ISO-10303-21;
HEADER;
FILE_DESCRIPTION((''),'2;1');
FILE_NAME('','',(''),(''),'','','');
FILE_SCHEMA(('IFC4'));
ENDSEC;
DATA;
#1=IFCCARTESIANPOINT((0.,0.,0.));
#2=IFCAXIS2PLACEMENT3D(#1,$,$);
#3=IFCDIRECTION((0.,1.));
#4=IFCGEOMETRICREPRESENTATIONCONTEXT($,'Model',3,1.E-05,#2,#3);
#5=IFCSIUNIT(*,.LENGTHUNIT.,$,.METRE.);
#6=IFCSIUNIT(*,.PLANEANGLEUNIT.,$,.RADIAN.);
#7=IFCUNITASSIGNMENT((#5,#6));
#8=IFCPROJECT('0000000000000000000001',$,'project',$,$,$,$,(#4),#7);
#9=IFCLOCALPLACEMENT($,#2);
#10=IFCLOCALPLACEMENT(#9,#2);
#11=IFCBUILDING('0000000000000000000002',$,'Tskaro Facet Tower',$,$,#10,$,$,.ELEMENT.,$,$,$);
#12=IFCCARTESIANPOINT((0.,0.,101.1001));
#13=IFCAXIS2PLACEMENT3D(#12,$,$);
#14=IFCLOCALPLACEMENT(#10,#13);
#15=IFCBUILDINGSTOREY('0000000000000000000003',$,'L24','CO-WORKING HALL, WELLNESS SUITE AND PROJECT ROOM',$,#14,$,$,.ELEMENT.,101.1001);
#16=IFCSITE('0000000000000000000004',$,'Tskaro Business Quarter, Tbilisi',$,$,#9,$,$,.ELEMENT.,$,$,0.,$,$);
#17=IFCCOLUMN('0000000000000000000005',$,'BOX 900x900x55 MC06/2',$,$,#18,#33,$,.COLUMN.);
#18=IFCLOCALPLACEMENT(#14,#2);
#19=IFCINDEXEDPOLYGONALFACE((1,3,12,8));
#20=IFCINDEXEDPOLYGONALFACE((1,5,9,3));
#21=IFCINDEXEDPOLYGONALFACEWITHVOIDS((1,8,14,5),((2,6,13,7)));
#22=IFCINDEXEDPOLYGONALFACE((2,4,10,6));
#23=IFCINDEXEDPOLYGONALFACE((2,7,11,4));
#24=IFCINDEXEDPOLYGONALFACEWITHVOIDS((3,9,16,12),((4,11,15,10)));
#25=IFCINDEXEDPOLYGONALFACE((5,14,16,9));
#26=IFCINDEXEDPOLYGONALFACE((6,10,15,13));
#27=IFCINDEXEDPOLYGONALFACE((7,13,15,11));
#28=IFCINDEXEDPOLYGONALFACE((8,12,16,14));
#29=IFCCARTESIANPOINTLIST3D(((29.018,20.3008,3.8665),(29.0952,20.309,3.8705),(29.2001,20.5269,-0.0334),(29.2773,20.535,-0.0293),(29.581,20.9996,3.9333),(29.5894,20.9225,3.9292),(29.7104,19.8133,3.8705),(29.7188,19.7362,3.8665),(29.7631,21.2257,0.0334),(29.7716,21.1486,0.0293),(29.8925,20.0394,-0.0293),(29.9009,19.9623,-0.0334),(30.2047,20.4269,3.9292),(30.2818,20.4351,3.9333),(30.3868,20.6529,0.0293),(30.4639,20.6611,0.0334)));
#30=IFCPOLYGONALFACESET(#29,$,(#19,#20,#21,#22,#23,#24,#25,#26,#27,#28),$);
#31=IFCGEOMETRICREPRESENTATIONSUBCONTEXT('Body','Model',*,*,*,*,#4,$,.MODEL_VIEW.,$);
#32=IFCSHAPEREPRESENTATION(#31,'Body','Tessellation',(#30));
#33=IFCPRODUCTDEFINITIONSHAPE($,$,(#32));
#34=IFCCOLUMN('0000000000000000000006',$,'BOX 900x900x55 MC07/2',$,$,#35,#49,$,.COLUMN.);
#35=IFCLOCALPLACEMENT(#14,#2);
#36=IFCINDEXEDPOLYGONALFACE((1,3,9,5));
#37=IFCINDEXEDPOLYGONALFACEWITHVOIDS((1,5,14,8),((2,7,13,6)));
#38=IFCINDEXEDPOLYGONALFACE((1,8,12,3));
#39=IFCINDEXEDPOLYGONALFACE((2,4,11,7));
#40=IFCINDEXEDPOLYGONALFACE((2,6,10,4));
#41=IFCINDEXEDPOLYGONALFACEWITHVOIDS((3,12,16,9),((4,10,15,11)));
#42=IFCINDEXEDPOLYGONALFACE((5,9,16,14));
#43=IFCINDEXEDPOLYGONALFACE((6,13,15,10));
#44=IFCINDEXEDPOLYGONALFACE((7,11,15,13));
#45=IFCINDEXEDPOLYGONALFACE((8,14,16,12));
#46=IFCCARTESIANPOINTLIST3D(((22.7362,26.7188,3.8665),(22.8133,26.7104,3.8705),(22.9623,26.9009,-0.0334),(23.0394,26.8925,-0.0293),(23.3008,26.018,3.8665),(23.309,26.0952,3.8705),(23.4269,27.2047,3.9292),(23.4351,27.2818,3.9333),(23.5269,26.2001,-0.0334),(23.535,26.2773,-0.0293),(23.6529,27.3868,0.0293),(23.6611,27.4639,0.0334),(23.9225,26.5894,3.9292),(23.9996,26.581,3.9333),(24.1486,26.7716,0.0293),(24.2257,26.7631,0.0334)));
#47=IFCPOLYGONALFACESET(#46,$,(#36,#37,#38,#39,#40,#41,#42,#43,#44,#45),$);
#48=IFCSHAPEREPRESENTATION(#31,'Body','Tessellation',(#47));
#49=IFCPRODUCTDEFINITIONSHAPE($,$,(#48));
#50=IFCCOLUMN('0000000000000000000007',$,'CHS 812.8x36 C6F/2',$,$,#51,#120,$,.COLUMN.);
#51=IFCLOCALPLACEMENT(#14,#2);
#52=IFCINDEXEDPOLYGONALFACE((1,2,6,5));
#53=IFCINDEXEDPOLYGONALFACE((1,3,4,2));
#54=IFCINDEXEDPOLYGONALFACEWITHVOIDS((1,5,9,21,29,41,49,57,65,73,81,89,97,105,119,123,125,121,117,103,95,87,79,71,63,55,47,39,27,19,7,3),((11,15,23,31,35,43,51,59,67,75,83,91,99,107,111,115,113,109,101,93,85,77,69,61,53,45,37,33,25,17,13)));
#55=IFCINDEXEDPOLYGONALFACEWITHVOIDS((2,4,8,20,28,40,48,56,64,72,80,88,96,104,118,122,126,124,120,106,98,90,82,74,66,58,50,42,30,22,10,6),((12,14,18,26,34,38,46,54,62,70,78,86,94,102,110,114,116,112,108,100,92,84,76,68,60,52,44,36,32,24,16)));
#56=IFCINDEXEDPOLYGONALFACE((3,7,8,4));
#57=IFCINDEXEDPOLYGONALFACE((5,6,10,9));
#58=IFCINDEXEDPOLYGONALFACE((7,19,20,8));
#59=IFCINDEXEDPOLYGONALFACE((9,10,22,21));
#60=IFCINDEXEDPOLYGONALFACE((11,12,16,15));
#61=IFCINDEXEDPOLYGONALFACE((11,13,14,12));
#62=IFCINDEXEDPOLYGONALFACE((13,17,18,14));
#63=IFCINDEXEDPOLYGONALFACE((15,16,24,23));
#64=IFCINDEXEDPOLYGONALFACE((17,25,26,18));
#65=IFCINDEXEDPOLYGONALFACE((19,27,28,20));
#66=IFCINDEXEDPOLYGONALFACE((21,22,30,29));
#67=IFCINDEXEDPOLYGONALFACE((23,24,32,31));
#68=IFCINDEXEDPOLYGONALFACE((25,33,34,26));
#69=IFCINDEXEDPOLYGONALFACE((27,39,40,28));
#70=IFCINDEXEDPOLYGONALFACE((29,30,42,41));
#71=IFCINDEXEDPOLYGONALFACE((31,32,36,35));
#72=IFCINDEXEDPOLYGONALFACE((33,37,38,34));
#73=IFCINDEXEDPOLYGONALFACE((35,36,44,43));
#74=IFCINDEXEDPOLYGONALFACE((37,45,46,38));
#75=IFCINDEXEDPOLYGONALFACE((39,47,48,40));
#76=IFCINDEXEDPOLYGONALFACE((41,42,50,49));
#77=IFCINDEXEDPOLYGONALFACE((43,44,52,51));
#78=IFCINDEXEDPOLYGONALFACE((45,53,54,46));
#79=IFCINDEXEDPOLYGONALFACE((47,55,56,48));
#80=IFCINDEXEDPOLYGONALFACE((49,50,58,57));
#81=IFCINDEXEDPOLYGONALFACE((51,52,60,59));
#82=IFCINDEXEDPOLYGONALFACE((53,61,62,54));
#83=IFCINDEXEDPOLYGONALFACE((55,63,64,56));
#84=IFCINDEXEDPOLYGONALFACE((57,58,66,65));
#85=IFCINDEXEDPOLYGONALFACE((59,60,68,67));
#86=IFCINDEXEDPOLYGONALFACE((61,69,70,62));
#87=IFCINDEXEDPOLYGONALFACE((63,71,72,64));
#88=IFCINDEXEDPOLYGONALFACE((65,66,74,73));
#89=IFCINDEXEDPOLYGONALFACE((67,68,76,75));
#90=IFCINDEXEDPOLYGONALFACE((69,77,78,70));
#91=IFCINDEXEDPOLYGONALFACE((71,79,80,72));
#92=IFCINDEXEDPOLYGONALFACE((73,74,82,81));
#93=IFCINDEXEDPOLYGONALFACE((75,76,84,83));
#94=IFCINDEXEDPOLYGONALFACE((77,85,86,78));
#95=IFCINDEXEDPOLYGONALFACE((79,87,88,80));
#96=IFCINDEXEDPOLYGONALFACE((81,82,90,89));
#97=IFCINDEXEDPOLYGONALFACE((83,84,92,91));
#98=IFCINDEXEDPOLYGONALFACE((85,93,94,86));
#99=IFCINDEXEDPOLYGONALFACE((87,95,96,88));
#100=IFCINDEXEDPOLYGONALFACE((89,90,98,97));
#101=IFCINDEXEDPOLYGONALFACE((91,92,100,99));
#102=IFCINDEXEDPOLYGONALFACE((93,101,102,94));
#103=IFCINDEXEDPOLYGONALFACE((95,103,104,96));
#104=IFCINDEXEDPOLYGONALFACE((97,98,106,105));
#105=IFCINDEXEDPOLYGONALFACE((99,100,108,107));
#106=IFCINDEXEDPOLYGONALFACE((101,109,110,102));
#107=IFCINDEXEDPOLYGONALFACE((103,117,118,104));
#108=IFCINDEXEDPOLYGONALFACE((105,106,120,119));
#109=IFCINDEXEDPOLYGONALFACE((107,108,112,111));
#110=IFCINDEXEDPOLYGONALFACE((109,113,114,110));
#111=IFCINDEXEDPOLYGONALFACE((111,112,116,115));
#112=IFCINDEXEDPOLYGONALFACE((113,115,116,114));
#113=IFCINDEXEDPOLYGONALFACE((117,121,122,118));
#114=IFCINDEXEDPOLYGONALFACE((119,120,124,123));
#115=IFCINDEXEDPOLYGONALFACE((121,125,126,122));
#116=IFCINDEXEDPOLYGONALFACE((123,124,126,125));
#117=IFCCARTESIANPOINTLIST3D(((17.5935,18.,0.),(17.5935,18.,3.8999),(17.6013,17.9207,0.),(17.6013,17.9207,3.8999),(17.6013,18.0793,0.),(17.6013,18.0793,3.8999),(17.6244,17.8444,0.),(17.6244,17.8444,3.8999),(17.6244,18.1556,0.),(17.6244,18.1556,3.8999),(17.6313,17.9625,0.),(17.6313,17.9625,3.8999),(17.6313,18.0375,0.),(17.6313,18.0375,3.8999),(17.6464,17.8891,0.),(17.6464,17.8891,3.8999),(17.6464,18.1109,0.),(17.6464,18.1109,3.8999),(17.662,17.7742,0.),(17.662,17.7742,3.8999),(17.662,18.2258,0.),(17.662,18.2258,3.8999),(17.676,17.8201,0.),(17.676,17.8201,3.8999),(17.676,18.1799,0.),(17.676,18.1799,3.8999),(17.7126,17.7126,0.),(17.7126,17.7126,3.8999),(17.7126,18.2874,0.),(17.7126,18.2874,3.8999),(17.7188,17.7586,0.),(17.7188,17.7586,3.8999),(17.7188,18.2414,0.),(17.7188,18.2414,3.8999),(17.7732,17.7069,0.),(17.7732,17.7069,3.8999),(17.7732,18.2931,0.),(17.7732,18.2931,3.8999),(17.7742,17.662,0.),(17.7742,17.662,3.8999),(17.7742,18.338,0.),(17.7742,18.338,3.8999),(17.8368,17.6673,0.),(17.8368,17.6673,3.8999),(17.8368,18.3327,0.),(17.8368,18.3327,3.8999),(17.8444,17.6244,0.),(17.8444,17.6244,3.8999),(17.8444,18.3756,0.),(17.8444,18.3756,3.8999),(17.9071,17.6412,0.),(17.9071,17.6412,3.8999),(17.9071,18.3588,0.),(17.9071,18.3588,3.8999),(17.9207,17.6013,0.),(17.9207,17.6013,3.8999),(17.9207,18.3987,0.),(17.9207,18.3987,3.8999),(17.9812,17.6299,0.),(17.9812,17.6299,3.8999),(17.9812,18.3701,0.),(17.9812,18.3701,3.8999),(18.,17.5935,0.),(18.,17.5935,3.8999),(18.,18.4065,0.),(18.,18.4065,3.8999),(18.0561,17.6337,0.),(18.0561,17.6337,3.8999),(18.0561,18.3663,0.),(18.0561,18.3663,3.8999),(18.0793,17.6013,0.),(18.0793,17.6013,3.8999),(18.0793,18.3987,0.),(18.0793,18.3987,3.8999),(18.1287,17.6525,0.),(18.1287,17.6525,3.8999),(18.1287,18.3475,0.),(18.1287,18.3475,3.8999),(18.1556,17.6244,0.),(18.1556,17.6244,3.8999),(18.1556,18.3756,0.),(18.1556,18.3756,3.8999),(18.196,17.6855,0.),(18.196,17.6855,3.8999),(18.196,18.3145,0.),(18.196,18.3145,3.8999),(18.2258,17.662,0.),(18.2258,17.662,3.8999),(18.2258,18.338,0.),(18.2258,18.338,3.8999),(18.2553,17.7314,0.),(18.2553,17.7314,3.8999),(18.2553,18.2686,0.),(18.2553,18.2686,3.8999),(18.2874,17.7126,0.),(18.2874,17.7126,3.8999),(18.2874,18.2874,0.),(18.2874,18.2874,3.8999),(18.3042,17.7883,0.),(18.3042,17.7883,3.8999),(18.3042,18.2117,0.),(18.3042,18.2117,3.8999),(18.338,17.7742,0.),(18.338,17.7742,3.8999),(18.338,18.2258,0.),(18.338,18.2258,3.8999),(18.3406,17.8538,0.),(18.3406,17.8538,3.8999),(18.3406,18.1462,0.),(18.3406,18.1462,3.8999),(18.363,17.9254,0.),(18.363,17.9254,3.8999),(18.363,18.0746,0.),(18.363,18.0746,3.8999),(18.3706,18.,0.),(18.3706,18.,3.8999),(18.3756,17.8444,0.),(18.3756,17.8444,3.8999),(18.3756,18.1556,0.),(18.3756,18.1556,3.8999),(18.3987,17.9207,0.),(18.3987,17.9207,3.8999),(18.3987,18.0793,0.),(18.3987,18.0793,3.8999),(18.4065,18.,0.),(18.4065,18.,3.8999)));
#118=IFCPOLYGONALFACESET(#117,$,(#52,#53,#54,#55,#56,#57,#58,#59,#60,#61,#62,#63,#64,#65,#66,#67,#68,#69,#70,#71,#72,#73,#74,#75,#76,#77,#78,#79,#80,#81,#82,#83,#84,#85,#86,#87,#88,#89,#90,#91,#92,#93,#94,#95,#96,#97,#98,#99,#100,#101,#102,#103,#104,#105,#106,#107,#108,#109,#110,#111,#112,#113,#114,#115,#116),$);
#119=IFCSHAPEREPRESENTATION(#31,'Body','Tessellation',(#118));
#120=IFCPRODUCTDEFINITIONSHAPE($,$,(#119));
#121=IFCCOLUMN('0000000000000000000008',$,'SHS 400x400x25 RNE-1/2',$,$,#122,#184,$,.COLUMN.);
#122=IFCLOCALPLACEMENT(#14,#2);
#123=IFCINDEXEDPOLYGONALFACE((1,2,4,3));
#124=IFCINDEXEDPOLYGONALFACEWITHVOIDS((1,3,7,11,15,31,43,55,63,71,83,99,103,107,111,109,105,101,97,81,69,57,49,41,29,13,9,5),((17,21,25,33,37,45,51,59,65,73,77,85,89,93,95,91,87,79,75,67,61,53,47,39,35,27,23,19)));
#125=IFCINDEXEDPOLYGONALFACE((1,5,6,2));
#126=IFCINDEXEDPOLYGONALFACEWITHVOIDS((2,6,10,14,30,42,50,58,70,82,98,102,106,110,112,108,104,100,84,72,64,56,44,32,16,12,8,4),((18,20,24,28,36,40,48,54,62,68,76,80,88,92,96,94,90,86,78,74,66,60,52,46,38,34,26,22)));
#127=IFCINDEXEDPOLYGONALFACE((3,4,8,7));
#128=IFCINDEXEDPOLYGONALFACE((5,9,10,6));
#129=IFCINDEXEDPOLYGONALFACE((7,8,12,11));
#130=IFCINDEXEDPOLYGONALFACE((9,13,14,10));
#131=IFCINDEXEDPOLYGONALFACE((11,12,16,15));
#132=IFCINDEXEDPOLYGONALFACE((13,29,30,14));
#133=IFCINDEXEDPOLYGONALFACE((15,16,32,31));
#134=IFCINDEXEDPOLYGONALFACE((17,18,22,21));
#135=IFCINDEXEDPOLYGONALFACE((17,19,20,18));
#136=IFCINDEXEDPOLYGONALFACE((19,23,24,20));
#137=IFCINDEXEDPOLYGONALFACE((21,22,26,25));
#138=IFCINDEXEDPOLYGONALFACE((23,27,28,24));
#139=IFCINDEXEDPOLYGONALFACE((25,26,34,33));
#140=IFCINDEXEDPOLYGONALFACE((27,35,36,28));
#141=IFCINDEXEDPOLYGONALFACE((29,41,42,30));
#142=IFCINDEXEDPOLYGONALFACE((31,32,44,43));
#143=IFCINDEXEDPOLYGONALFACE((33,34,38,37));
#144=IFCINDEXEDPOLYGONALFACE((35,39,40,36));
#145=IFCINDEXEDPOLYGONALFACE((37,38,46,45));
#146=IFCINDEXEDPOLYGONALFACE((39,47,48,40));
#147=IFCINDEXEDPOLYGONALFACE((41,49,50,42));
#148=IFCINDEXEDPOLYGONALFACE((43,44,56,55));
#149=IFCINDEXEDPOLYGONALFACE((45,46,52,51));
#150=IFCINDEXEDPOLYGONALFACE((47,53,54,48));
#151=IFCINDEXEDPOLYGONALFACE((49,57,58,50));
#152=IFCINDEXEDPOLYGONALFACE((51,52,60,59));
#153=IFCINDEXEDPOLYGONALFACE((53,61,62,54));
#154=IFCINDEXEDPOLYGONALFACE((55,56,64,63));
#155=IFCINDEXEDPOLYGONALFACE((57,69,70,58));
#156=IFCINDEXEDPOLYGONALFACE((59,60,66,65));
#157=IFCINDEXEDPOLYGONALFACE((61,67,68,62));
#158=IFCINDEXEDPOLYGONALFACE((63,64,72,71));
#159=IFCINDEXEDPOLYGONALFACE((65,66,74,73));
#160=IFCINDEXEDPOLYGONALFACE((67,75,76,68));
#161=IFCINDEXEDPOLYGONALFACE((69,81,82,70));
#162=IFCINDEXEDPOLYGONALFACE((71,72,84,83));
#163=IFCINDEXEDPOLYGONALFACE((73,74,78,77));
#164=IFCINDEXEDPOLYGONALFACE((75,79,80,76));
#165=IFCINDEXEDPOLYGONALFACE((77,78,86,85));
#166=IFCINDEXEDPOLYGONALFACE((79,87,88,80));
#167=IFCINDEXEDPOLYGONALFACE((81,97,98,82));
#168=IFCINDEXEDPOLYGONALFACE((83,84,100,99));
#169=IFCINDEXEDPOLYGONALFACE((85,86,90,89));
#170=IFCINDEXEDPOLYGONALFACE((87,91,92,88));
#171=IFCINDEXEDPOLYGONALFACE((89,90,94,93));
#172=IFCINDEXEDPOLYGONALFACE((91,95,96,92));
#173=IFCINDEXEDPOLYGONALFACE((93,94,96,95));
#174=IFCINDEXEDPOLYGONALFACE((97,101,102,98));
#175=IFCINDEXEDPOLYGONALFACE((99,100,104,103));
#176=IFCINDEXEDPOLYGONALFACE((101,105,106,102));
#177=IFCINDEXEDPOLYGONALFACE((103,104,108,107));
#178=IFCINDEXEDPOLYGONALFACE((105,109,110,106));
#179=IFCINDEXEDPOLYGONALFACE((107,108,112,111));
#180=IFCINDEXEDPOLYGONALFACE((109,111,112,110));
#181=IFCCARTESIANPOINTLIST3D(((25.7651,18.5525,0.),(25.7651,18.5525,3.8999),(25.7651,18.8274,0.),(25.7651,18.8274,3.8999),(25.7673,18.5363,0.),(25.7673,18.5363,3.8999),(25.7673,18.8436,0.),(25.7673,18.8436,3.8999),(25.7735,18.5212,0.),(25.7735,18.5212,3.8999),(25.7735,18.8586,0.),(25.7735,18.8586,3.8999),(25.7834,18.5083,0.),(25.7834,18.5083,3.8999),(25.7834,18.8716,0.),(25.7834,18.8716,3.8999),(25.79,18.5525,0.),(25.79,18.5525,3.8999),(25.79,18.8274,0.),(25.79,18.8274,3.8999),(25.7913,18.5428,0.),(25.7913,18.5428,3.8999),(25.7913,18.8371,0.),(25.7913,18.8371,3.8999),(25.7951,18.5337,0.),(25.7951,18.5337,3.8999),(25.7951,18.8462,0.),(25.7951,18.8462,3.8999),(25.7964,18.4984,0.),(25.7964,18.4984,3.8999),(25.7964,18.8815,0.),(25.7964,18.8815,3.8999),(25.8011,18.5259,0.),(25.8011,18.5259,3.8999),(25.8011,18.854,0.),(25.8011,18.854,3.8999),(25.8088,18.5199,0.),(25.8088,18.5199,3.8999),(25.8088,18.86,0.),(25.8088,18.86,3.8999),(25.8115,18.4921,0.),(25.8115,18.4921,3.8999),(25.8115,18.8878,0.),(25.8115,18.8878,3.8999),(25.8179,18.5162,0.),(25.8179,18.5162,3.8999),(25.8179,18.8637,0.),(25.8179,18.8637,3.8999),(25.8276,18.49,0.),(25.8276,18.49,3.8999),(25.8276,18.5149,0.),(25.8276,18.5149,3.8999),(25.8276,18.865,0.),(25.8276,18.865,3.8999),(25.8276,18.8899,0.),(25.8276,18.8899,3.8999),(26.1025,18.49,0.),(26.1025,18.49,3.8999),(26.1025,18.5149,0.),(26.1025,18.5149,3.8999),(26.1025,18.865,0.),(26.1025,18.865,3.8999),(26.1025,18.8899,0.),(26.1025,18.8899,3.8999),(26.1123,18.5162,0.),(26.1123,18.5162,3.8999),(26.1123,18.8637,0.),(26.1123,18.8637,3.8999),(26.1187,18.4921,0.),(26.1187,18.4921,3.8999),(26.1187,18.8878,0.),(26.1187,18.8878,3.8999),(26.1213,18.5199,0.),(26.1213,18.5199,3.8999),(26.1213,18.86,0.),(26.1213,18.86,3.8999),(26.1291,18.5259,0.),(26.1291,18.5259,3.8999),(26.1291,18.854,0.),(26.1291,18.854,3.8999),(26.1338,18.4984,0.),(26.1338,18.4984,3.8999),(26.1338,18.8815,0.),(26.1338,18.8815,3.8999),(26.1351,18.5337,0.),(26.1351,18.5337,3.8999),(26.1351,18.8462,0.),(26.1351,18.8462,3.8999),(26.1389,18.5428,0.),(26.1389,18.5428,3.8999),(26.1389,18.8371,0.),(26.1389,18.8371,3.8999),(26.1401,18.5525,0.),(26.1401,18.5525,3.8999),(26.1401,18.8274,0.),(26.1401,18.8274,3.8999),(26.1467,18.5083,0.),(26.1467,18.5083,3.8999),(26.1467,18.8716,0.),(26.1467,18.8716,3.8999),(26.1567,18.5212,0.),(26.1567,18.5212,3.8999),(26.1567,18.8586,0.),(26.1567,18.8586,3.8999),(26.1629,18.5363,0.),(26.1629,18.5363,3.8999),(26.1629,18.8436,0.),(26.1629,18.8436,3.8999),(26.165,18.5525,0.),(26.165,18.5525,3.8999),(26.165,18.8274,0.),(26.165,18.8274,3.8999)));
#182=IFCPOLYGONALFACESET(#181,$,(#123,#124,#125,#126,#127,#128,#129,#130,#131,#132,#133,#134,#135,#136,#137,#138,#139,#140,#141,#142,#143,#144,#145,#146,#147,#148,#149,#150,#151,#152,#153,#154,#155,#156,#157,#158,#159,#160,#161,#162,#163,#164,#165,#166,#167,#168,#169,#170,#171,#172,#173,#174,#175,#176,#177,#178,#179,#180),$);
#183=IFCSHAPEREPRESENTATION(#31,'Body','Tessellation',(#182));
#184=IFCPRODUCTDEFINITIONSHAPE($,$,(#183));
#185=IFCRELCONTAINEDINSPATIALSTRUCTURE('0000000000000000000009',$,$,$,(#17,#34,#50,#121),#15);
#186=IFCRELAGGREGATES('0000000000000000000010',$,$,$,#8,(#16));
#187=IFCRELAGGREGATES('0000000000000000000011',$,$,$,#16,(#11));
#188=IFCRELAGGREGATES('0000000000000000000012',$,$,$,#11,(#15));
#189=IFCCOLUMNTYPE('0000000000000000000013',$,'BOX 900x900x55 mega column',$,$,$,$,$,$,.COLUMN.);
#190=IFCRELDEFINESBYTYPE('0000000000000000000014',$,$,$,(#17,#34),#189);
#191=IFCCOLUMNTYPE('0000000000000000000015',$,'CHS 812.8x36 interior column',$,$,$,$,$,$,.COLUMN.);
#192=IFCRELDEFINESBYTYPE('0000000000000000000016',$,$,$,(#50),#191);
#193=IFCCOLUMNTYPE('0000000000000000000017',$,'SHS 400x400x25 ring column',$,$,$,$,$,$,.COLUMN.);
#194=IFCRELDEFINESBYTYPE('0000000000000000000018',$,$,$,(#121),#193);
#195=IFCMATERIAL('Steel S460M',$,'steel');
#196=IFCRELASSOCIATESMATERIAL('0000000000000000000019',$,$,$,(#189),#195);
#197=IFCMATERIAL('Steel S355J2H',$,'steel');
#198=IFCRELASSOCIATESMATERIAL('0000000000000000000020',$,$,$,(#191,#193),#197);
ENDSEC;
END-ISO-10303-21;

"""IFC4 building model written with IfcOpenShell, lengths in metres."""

from ifc_helpers import new_model, si_unit, direction, frame, origin, origin_2d, place, context, subcontext, project, spatial, hollow_rectangle, hollow_circle, extrude, material, material_profile, profile_set, type_object, element, save


model = new_model("IFC4")

# Units and contexts
model_context = context("Model", 3, precision=1e-05, world=origin(), true_north=direction((0.0, 1.0)))
body_context = subcontext(model_context, "Body", "Model", "MODEL_VIEW")
ifc_project = project(units=[si_unit("LENGTHUNIT", "METRE"), si_unit("PLANEANGLEUNIT", "RADIAN")], contexts=[model_context])

# Site, building, storey
site_placement = place(None, origin())
site = spatial("IfcSite", under=ifc_project, at=site_placement, Name="Tskaro Business Quarter, Tbilisi", CompositionType="ELEMENT", RefElevation=0.0)
building_placement = place(site_placement, origin())
building = spatial("IfcBuilding", under=site, at=building_placement, Name="Tskaro Facet Tower", CompositionType="ELEMENT")
storey_placement = place(building_placement, frame((0.0, 0.0, 101.1001)))
storey = spatial("IfcBuildingStorey", under=building, at=storey_placement, Name="L24", Description="CO-WORKING HALL, WELLNESS SUITE AND PROJECT ROOM", CompositionType="ELEMENT", Elevation=101.1001)

# Columns
ifc_material_1 = material(Name="Steel S460M", Category="steel")
ifc_material_profile_1 = material_profile(ifc_material_1, hollow_rectangle(XDim=0.8999, YDim=0.8999, WallThickness=0.0549, at=origin_2d()), Name="BOX 900x900x55")
ifc_profile_set_1 = profile_set([ifc_material_profile_1], Name="Steel S460M")
column_type_1 = type_object("IfcColumnType", Name="BOX 900x900x55 mega column", PredefinedType="COLUMN", material=ifc_profile_set_1)
for number, where, z_axis, x_axis, name in (
    (1, (29.832, 20.594, 0.0), (-0.046572, -0.057809, 0.997241), (0.778731, -0.627358, 0.0), "BOX 900x900x55 MC06/2"),
    (2, (23.594, 26.832, 0.0), (-0.057809, -0.046572, 0.997241), (0.627358, -0.778731, 0.0), "BOX 900x900x55 MC07/2"),
):
    element("IfcColumn", number, at=place(storey_placement, frame(where, z_axis=z_axis, x_axis=x_axis)), inside=storey, type_object=column_type_1, Name=name, PredefinedType="COLUMN", context=body_context, shape_type="SweptSolid", body=[
        extrude(hollow_rectangle(XDim=0.8999, YDim=0.8999, WallThickness=0.0549, at=origin_2d()), origin(), (0.0, 0.0, 1.0), 3.9106),
    ])
ifc_material_2 = material(Name="Steel S355J2H", Category="steel")
ifc_material_profile_2 = material_profile(ifc_material_2, hollow_circle(Radius=0.4065, WallThickness=0.0359, at=origin_2d()), Name="CHS 812.8x36")
ifc_profile_set_2 = profile_set([ifc_material_profile_2], Name="Steel S355J2H")
column_type_2 = type_object("IfcColumnType", Name="CHS 812.8x36 interior column", PredefinedType="COLUMN", material=ifc_profile_set_2)
column_placement = place(storey_placement, frame((18.0, 18.0, 0.0), z_axis=(0.0, 0.0, 1.0), x_axis=(1.0, 0.0, 0.0)))
element("IfcColumn", 3, at=column_placement, inside=storey, type_object=column_type_2, Name="CHS 812.8x36 C6F/2", PredefinedType="COLUMN", context=body_context, shape_type="SweptSolid", body=[
    extrude(hollow_circle(Radius=0.4065, WallThickness=0.0359, at=origin_2d()), origin(), (0.0, 0.0, 1.0), 3.8999),
])
ifc_material_profile_3 = material_profile(ifc_material_2, hollow_rectangle(XDim=0.3999, YDim=0.3999, WallThickness=0.0249, InnerFilletRadius=0.0376, OuterFilletRadius=0.0625, at=origin_2d()), Name="SHS 400x400x25")
ifc_profile_set_3 = profile_set([ifc_material_profile_3], Name="Steel S355J2H")
column_type_3 = type_object("IfcColumnType", Name="SHS 400x400x25 ring column", PredefinedType="COLUMN", material=ifc_profile_set_3)
for number, where, z_axis, x_axis, name in (
    (4, (25.9651, 18.6899, 0.0), (0.0, 0.0, 1.0), (1.0, 0.0, 0.0), "SHS 400x400x25 RNE-1/2"),
):
    element("IfcColumn", number, at=place(storey_placement, frame(where, z_axis=z_axis, x_axis=x_axis)), inside=storey, type_object=column_type_3, Name=name, PredefinedType="COLUMN", context=body_context, shape_type="SweptSolid", body=[
        extrude(hollow_rectangle(XDim=0.3999, YDim=0.3999, WallThickness=0.0249, InnerFilletRadius=0.0376, OuterFilletRadius=0.0625, at=origin_2d()), origin(), (0.0, 0.0, 1.0), 3.8999),
    ])

save(model, "model.ifc")
